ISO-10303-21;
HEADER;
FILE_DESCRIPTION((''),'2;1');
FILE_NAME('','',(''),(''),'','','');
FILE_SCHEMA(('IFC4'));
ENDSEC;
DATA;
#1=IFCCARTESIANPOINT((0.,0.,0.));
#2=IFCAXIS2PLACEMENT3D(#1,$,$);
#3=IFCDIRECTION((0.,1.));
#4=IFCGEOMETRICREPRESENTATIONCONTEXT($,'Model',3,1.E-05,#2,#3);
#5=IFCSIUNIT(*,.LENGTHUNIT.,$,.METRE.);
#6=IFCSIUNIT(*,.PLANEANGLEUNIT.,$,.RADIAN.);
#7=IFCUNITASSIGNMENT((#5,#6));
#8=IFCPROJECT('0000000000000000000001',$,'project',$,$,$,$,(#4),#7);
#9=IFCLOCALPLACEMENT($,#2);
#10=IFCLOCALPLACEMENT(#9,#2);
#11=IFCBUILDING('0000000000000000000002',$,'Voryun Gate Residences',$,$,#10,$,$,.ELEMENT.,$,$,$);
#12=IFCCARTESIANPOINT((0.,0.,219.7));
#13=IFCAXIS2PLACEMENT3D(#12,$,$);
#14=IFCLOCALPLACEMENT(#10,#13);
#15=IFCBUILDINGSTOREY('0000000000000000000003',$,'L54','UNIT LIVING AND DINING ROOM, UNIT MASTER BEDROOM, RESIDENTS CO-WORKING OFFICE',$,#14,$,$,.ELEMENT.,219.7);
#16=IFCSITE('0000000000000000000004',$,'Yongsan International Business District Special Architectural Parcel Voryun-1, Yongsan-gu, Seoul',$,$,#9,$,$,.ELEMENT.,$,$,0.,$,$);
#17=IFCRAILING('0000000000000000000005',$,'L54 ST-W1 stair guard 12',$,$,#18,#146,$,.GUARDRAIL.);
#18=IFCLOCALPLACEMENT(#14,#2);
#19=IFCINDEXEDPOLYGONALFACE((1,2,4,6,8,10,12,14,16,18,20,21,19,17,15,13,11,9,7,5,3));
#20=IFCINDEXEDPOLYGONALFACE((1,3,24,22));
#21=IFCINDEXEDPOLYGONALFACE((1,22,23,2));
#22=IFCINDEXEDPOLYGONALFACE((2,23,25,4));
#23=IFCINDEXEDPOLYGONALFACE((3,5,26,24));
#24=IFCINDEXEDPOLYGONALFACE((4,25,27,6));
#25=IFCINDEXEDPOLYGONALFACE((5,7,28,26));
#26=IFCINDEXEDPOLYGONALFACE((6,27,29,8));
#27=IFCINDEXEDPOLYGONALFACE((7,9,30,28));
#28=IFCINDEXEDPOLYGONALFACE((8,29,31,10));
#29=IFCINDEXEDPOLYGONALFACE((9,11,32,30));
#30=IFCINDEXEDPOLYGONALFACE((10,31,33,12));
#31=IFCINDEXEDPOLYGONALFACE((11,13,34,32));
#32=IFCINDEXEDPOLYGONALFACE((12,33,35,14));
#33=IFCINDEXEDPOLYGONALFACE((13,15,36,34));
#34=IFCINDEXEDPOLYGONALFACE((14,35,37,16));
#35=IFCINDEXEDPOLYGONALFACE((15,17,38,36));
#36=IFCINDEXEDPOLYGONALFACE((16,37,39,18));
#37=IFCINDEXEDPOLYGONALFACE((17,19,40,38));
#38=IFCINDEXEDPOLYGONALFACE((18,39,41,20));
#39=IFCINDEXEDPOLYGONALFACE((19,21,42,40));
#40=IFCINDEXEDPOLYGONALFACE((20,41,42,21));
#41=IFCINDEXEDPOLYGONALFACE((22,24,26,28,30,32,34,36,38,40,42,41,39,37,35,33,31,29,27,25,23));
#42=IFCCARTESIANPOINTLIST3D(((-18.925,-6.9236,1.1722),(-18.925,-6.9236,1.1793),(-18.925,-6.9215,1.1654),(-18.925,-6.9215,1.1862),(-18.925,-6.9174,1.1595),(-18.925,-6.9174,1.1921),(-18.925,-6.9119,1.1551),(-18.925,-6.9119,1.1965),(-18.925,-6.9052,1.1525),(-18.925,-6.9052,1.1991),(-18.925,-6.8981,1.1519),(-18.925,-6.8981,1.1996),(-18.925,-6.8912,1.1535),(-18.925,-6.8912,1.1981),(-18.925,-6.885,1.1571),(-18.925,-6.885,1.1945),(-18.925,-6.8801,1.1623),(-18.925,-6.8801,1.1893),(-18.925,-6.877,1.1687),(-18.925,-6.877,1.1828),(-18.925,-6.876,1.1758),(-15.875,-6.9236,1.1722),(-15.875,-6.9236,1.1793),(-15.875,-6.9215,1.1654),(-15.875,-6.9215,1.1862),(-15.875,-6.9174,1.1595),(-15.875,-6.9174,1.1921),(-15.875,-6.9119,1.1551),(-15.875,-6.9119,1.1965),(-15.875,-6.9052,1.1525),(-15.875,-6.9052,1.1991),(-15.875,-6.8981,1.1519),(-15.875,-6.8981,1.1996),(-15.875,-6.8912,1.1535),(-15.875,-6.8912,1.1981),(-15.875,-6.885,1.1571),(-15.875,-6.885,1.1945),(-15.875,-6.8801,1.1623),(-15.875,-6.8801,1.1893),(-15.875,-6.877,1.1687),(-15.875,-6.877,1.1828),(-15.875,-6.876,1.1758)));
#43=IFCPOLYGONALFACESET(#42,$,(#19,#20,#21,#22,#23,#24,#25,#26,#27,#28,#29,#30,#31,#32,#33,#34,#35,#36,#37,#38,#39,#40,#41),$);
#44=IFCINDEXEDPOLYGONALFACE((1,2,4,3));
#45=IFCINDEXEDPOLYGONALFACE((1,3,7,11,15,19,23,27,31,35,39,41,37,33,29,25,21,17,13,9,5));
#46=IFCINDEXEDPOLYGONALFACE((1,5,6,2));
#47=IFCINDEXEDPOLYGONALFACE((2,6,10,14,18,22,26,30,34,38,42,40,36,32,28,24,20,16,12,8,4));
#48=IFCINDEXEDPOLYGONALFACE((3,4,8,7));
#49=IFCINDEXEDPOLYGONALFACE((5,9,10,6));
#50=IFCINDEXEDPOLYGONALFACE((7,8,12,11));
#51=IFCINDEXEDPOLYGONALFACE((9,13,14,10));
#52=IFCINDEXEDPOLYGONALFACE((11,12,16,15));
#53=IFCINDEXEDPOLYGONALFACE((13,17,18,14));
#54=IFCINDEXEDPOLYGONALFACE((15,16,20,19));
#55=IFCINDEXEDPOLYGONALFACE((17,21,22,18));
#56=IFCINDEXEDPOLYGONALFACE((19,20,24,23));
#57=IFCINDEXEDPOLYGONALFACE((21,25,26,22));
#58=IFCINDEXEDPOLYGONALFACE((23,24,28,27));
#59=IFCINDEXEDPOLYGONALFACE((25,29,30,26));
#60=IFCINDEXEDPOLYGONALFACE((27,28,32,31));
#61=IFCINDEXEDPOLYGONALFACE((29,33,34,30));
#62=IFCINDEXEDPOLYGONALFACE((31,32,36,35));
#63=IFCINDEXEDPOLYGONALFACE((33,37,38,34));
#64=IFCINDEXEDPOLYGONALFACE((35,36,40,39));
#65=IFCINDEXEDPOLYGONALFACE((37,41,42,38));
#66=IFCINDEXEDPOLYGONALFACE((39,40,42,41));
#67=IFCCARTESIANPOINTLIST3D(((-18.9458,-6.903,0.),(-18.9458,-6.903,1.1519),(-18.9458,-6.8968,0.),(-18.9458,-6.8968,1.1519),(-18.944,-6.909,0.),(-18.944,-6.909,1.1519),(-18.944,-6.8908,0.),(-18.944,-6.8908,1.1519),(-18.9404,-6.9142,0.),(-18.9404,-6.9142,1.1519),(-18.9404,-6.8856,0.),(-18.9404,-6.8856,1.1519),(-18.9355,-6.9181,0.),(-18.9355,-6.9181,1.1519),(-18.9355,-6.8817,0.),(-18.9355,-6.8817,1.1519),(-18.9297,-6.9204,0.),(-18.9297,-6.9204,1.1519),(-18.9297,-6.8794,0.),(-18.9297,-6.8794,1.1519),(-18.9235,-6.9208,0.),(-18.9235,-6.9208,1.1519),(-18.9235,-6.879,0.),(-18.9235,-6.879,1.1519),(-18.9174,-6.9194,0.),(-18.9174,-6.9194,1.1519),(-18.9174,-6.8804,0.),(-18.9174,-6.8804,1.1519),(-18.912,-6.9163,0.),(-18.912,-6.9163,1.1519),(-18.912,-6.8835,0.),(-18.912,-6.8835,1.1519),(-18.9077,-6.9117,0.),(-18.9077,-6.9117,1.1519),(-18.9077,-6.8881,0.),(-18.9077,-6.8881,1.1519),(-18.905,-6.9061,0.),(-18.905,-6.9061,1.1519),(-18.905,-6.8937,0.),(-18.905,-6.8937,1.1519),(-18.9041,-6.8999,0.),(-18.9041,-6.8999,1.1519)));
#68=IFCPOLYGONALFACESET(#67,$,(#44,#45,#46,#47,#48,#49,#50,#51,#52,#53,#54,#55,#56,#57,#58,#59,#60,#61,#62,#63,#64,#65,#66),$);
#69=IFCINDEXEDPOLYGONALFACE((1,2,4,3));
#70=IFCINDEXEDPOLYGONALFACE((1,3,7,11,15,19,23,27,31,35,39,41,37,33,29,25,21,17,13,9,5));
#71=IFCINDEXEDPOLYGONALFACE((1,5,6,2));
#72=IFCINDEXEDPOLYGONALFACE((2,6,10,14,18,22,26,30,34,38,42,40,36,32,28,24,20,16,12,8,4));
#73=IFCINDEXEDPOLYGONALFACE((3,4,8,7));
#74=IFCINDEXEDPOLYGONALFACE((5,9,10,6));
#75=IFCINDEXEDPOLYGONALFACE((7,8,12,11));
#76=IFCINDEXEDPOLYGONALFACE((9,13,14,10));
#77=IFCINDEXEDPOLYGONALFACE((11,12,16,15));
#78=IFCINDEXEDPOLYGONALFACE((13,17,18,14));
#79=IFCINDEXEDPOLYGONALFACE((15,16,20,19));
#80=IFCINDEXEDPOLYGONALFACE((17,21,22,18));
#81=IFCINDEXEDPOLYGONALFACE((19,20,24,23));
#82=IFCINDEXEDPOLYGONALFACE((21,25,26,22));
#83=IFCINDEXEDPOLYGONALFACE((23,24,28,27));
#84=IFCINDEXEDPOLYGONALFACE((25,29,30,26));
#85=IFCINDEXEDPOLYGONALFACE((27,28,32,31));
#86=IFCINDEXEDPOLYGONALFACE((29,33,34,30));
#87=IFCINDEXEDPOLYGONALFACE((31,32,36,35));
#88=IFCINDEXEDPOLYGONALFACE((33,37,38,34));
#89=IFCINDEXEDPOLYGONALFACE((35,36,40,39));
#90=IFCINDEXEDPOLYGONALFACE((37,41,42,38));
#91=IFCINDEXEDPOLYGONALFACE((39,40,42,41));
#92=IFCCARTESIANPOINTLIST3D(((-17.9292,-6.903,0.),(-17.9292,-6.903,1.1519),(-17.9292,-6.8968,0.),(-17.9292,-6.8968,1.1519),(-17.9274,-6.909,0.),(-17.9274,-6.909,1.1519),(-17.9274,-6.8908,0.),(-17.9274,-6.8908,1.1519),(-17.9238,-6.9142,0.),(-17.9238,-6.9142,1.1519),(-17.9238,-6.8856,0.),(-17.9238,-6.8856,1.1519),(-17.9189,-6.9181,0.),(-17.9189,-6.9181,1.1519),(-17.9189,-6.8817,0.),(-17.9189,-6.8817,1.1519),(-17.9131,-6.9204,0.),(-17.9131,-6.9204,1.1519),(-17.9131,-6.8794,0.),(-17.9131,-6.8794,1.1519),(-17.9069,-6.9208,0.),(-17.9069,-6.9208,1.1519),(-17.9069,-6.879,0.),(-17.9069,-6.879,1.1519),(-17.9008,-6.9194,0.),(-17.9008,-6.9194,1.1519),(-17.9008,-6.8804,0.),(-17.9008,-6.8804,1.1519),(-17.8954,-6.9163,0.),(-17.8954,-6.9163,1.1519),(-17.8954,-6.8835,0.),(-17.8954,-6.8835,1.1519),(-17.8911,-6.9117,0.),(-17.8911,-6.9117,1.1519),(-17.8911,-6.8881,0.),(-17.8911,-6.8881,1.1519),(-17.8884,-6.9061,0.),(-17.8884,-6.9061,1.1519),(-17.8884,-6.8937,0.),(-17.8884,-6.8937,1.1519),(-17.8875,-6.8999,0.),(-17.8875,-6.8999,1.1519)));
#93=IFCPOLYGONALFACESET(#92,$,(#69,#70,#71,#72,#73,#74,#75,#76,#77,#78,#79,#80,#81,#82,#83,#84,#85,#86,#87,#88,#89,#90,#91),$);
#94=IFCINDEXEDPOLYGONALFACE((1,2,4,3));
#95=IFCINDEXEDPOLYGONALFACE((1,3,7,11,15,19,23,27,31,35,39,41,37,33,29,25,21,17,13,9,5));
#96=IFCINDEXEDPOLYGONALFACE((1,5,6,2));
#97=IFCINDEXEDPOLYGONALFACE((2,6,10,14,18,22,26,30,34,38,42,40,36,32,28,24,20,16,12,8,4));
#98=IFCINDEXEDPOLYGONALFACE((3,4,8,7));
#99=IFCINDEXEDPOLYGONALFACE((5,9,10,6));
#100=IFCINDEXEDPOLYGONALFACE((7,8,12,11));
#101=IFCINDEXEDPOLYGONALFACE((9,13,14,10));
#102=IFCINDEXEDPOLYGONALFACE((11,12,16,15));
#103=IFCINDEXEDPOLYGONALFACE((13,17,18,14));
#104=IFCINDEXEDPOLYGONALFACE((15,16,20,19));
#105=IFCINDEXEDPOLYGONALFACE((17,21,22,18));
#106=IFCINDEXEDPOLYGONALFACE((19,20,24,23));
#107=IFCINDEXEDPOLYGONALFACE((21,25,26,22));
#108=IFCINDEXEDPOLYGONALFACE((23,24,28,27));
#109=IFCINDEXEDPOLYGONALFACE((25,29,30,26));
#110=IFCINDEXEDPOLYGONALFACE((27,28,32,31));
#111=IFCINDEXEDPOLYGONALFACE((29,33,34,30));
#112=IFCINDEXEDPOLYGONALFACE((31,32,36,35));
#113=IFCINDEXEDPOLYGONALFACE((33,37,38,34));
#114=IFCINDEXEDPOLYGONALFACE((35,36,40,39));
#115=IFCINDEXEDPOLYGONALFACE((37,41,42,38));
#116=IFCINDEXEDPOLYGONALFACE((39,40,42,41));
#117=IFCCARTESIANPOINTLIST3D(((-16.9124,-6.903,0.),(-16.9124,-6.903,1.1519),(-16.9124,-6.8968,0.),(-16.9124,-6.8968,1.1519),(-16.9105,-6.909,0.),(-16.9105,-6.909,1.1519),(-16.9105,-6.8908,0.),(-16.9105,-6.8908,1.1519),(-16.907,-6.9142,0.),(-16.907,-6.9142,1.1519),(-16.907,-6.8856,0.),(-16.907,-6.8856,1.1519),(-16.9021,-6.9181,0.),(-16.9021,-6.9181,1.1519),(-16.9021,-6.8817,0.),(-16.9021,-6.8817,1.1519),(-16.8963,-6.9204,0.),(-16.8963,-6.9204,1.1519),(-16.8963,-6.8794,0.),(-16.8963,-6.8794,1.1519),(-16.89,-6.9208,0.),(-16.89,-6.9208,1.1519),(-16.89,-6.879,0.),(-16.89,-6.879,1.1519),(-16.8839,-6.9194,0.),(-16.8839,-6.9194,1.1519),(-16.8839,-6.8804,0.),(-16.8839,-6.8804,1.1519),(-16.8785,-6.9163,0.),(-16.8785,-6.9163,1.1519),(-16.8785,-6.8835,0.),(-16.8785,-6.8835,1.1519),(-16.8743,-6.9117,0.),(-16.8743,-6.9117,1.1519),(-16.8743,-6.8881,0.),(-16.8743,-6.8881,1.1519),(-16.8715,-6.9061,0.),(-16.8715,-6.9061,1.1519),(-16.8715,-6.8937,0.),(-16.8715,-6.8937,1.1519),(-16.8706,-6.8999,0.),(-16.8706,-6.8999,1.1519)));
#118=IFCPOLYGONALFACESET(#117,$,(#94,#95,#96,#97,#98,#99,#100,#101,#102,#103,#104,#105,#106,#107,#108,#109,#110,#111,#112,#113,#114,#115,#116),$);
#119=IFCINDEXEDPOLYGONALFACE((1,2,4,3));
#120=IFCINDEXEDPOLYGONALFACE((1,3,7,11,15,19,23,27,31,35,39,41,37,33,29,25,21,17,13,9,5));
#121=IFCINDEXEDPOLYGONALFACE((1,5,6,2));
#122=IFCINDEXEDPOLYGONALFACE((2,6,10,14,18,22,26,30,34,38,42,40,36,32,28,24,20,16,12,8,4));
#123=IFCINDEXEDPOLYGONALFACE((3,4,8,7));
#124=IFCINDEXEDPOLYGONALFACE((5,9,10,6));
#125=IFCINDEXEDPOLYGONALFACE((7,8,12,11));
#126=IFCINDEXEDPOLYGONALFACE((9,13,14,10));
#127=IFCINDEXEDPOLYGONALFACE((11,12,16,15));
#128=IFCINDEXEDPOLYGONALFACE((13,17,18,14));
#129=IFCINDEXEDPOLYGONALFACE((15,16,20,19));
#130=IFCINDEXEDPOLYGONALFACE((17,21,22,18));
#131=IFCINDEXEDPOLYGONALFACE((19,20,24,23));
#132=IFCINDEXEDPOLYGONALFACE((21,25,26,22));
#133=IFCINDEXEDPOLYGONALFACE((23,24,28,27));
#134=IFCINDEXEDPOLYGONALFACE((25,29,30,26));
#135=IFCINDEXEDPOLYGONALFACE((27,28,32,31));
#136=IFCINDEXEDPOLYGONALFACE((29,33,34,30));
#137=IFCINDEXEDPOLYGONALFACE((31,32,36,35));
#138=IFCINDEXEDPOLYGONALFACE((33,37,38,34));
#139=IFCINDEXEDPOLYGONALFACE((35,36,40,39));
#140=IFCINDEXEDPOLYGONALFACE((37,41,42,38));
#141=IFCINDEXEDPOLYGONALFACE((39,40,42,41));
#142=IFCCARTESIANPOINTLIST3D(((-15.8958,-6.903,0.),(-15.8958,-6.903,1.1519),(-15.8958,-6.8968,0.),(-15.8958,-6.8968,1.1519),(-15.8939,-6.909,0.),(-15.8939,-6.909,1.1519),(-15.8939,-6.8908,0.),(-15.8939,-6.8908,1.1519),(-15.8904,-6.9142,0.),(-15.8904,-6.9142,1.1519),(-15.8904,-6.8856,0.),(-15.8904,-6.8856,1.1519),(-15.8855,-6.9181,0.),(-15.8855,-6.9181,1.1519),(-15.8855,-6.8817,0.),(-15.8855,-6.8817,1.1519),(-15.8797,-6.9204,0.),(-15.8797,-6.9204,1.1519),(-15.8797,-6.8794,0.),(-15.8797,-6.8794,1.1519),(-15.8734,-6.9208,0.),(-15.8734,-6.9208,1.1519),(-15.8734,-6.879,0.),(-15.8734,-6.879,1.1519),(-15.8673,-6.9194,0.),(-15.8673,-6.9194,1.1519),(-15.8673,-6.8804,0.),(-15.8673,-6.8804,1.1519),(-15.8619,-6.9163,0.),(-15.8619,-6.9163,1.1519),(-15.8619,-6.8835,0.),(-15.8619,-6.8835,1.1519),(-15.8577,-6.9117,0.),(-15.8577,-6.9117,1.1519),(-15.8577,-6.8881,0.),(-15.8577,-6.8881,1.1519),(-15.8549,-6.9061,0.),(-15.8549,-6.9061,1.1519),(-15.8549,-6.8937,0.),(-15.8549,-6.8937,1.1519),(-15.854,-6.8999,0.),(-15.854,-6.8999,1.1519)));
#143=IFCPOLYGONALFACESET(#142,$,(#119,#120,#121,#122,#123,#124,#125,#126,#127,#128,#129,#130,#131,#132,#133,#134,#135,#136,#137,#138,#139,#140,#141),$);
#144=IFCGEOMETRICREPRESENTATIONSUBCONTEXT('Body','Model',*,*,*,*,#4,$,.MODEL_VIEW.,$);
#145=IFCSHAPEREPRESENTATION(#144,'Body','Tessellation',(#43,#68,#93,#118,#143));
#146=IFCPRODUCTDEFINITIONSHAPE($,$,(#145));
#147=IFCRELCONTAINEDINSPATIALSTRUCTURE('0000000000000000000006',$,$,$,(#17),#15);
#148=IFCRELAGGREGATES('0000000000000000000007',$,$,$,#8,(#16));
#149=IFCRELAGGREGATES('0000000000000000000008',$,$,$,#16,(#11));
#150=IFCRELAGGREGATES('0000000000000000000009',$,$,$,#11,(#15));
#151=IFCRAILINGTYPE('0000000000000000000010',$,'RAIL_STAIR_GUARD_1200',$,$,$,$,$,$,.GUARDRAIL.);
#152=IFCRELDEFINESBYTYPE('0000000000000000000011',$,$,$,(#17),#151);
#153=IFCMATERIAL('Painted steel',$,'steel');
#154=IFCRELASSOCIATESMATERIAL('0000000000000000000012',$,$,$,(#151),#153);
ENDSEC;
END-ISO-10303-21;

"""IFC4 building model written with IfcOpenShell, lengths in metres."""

from ifc_helpers import new_model, si_unit, direction, frame, origin, origin_2d, place, context, subcontext, project, spatial, circle, extrude, material, type_object, element, save


model = new_model("IFC4")

# Units and contexts
model_context = context("Model", 3, precision=1e-05, world=origin(), true_north=direction((0.0, 1.0)))
body_context = subcontext(model_context, "Body", "Model", "MODEL_VIEW")
ifc_project = project(units=[si_unit("LENGTHUNIT", "METRE"), si_unit("PLANEANGLEUNIT", "RADIAN")], contexts=[model_context])

# Site, building, storey
site_placement = place(None, origin())
site = spatial("IfcSite", under=ifc_project, at=site_placement, Name="Yongsan International Business District Special Architectural Parcel Voryun-1, Yongsan-gu, Seoul", CompositionType="ELEMENT", RefElevation=0.0)
building_placement = place(site_placement, origin())
building = spatial("IfcBuilding", under=site, at=building_placement, Name="Voryun Gate Residences", CompositionType="ELEMENT")
storey_placement = place(building_placement, frame((0.0, 0.0, 219.7)))
storey = spatial("IfcBuildingStorey", under=building, at=storey_placement, Name="L54", Description="UNIT LIVING AND DINING ROOM, UNIT MASTER BEDROOM, RESIDENTS CO-WORKING OFFICE", CompositionType="ELEMENT", Elevation=219.7)

# Railing
ifc_material_1 = material(Name="Painted steel", Category="steel")
railing_type_1 = type_object("IfcRailingType", Name="RAIL_STAIR_GUARD_1200", PredefinedType="GUARDRAIL", material=ifc_material_1)
railing_1_placement = place(storey_placement, frame((-18.925, -6.8999, 0.0)))
element("IfcRailing", 1, at=railing_1_placement, inside=storey, type_object=railing_type_1, Name="L54 ST-W1 stair guard 12", PredefinedType="GUARDRAIL", context=body_context, shape_type="SweptSolid", body=[
    extrude(circle(Radius=0.0239, at=origin_2d()), frame((0.0, 0.0, 1.1758), z_axis=(1.0, 0.0, 0.0), x_axis=(0.0, 1.0, 0.0)), (0.0, 0.0, 1.0), 3.05),
    extrude(circle(Radius=0.021, at=origin_2d()), origin(), (0.0, 0.0, 1.0), 1.1519),
    extrude(circle(Radius=0.021, at=origin_2d()), frame((1.0166, 0.0, 0.0)), (0.0, 0.0, 1.0), 1.1519),
    extrude(circle(Radius=0.021, at=origin_2d()), frame((2.0334, 0.0, 0.0)), (0.0, 0.0, 1.0), 1.1519),
    extrude(circle(Radius=0.021, at=origin_2d()), frame((3.05, 0.0, 0.0)), (0.0, 0.0, 1.0), 1.1519),
])

save(model, "model.ifc")
